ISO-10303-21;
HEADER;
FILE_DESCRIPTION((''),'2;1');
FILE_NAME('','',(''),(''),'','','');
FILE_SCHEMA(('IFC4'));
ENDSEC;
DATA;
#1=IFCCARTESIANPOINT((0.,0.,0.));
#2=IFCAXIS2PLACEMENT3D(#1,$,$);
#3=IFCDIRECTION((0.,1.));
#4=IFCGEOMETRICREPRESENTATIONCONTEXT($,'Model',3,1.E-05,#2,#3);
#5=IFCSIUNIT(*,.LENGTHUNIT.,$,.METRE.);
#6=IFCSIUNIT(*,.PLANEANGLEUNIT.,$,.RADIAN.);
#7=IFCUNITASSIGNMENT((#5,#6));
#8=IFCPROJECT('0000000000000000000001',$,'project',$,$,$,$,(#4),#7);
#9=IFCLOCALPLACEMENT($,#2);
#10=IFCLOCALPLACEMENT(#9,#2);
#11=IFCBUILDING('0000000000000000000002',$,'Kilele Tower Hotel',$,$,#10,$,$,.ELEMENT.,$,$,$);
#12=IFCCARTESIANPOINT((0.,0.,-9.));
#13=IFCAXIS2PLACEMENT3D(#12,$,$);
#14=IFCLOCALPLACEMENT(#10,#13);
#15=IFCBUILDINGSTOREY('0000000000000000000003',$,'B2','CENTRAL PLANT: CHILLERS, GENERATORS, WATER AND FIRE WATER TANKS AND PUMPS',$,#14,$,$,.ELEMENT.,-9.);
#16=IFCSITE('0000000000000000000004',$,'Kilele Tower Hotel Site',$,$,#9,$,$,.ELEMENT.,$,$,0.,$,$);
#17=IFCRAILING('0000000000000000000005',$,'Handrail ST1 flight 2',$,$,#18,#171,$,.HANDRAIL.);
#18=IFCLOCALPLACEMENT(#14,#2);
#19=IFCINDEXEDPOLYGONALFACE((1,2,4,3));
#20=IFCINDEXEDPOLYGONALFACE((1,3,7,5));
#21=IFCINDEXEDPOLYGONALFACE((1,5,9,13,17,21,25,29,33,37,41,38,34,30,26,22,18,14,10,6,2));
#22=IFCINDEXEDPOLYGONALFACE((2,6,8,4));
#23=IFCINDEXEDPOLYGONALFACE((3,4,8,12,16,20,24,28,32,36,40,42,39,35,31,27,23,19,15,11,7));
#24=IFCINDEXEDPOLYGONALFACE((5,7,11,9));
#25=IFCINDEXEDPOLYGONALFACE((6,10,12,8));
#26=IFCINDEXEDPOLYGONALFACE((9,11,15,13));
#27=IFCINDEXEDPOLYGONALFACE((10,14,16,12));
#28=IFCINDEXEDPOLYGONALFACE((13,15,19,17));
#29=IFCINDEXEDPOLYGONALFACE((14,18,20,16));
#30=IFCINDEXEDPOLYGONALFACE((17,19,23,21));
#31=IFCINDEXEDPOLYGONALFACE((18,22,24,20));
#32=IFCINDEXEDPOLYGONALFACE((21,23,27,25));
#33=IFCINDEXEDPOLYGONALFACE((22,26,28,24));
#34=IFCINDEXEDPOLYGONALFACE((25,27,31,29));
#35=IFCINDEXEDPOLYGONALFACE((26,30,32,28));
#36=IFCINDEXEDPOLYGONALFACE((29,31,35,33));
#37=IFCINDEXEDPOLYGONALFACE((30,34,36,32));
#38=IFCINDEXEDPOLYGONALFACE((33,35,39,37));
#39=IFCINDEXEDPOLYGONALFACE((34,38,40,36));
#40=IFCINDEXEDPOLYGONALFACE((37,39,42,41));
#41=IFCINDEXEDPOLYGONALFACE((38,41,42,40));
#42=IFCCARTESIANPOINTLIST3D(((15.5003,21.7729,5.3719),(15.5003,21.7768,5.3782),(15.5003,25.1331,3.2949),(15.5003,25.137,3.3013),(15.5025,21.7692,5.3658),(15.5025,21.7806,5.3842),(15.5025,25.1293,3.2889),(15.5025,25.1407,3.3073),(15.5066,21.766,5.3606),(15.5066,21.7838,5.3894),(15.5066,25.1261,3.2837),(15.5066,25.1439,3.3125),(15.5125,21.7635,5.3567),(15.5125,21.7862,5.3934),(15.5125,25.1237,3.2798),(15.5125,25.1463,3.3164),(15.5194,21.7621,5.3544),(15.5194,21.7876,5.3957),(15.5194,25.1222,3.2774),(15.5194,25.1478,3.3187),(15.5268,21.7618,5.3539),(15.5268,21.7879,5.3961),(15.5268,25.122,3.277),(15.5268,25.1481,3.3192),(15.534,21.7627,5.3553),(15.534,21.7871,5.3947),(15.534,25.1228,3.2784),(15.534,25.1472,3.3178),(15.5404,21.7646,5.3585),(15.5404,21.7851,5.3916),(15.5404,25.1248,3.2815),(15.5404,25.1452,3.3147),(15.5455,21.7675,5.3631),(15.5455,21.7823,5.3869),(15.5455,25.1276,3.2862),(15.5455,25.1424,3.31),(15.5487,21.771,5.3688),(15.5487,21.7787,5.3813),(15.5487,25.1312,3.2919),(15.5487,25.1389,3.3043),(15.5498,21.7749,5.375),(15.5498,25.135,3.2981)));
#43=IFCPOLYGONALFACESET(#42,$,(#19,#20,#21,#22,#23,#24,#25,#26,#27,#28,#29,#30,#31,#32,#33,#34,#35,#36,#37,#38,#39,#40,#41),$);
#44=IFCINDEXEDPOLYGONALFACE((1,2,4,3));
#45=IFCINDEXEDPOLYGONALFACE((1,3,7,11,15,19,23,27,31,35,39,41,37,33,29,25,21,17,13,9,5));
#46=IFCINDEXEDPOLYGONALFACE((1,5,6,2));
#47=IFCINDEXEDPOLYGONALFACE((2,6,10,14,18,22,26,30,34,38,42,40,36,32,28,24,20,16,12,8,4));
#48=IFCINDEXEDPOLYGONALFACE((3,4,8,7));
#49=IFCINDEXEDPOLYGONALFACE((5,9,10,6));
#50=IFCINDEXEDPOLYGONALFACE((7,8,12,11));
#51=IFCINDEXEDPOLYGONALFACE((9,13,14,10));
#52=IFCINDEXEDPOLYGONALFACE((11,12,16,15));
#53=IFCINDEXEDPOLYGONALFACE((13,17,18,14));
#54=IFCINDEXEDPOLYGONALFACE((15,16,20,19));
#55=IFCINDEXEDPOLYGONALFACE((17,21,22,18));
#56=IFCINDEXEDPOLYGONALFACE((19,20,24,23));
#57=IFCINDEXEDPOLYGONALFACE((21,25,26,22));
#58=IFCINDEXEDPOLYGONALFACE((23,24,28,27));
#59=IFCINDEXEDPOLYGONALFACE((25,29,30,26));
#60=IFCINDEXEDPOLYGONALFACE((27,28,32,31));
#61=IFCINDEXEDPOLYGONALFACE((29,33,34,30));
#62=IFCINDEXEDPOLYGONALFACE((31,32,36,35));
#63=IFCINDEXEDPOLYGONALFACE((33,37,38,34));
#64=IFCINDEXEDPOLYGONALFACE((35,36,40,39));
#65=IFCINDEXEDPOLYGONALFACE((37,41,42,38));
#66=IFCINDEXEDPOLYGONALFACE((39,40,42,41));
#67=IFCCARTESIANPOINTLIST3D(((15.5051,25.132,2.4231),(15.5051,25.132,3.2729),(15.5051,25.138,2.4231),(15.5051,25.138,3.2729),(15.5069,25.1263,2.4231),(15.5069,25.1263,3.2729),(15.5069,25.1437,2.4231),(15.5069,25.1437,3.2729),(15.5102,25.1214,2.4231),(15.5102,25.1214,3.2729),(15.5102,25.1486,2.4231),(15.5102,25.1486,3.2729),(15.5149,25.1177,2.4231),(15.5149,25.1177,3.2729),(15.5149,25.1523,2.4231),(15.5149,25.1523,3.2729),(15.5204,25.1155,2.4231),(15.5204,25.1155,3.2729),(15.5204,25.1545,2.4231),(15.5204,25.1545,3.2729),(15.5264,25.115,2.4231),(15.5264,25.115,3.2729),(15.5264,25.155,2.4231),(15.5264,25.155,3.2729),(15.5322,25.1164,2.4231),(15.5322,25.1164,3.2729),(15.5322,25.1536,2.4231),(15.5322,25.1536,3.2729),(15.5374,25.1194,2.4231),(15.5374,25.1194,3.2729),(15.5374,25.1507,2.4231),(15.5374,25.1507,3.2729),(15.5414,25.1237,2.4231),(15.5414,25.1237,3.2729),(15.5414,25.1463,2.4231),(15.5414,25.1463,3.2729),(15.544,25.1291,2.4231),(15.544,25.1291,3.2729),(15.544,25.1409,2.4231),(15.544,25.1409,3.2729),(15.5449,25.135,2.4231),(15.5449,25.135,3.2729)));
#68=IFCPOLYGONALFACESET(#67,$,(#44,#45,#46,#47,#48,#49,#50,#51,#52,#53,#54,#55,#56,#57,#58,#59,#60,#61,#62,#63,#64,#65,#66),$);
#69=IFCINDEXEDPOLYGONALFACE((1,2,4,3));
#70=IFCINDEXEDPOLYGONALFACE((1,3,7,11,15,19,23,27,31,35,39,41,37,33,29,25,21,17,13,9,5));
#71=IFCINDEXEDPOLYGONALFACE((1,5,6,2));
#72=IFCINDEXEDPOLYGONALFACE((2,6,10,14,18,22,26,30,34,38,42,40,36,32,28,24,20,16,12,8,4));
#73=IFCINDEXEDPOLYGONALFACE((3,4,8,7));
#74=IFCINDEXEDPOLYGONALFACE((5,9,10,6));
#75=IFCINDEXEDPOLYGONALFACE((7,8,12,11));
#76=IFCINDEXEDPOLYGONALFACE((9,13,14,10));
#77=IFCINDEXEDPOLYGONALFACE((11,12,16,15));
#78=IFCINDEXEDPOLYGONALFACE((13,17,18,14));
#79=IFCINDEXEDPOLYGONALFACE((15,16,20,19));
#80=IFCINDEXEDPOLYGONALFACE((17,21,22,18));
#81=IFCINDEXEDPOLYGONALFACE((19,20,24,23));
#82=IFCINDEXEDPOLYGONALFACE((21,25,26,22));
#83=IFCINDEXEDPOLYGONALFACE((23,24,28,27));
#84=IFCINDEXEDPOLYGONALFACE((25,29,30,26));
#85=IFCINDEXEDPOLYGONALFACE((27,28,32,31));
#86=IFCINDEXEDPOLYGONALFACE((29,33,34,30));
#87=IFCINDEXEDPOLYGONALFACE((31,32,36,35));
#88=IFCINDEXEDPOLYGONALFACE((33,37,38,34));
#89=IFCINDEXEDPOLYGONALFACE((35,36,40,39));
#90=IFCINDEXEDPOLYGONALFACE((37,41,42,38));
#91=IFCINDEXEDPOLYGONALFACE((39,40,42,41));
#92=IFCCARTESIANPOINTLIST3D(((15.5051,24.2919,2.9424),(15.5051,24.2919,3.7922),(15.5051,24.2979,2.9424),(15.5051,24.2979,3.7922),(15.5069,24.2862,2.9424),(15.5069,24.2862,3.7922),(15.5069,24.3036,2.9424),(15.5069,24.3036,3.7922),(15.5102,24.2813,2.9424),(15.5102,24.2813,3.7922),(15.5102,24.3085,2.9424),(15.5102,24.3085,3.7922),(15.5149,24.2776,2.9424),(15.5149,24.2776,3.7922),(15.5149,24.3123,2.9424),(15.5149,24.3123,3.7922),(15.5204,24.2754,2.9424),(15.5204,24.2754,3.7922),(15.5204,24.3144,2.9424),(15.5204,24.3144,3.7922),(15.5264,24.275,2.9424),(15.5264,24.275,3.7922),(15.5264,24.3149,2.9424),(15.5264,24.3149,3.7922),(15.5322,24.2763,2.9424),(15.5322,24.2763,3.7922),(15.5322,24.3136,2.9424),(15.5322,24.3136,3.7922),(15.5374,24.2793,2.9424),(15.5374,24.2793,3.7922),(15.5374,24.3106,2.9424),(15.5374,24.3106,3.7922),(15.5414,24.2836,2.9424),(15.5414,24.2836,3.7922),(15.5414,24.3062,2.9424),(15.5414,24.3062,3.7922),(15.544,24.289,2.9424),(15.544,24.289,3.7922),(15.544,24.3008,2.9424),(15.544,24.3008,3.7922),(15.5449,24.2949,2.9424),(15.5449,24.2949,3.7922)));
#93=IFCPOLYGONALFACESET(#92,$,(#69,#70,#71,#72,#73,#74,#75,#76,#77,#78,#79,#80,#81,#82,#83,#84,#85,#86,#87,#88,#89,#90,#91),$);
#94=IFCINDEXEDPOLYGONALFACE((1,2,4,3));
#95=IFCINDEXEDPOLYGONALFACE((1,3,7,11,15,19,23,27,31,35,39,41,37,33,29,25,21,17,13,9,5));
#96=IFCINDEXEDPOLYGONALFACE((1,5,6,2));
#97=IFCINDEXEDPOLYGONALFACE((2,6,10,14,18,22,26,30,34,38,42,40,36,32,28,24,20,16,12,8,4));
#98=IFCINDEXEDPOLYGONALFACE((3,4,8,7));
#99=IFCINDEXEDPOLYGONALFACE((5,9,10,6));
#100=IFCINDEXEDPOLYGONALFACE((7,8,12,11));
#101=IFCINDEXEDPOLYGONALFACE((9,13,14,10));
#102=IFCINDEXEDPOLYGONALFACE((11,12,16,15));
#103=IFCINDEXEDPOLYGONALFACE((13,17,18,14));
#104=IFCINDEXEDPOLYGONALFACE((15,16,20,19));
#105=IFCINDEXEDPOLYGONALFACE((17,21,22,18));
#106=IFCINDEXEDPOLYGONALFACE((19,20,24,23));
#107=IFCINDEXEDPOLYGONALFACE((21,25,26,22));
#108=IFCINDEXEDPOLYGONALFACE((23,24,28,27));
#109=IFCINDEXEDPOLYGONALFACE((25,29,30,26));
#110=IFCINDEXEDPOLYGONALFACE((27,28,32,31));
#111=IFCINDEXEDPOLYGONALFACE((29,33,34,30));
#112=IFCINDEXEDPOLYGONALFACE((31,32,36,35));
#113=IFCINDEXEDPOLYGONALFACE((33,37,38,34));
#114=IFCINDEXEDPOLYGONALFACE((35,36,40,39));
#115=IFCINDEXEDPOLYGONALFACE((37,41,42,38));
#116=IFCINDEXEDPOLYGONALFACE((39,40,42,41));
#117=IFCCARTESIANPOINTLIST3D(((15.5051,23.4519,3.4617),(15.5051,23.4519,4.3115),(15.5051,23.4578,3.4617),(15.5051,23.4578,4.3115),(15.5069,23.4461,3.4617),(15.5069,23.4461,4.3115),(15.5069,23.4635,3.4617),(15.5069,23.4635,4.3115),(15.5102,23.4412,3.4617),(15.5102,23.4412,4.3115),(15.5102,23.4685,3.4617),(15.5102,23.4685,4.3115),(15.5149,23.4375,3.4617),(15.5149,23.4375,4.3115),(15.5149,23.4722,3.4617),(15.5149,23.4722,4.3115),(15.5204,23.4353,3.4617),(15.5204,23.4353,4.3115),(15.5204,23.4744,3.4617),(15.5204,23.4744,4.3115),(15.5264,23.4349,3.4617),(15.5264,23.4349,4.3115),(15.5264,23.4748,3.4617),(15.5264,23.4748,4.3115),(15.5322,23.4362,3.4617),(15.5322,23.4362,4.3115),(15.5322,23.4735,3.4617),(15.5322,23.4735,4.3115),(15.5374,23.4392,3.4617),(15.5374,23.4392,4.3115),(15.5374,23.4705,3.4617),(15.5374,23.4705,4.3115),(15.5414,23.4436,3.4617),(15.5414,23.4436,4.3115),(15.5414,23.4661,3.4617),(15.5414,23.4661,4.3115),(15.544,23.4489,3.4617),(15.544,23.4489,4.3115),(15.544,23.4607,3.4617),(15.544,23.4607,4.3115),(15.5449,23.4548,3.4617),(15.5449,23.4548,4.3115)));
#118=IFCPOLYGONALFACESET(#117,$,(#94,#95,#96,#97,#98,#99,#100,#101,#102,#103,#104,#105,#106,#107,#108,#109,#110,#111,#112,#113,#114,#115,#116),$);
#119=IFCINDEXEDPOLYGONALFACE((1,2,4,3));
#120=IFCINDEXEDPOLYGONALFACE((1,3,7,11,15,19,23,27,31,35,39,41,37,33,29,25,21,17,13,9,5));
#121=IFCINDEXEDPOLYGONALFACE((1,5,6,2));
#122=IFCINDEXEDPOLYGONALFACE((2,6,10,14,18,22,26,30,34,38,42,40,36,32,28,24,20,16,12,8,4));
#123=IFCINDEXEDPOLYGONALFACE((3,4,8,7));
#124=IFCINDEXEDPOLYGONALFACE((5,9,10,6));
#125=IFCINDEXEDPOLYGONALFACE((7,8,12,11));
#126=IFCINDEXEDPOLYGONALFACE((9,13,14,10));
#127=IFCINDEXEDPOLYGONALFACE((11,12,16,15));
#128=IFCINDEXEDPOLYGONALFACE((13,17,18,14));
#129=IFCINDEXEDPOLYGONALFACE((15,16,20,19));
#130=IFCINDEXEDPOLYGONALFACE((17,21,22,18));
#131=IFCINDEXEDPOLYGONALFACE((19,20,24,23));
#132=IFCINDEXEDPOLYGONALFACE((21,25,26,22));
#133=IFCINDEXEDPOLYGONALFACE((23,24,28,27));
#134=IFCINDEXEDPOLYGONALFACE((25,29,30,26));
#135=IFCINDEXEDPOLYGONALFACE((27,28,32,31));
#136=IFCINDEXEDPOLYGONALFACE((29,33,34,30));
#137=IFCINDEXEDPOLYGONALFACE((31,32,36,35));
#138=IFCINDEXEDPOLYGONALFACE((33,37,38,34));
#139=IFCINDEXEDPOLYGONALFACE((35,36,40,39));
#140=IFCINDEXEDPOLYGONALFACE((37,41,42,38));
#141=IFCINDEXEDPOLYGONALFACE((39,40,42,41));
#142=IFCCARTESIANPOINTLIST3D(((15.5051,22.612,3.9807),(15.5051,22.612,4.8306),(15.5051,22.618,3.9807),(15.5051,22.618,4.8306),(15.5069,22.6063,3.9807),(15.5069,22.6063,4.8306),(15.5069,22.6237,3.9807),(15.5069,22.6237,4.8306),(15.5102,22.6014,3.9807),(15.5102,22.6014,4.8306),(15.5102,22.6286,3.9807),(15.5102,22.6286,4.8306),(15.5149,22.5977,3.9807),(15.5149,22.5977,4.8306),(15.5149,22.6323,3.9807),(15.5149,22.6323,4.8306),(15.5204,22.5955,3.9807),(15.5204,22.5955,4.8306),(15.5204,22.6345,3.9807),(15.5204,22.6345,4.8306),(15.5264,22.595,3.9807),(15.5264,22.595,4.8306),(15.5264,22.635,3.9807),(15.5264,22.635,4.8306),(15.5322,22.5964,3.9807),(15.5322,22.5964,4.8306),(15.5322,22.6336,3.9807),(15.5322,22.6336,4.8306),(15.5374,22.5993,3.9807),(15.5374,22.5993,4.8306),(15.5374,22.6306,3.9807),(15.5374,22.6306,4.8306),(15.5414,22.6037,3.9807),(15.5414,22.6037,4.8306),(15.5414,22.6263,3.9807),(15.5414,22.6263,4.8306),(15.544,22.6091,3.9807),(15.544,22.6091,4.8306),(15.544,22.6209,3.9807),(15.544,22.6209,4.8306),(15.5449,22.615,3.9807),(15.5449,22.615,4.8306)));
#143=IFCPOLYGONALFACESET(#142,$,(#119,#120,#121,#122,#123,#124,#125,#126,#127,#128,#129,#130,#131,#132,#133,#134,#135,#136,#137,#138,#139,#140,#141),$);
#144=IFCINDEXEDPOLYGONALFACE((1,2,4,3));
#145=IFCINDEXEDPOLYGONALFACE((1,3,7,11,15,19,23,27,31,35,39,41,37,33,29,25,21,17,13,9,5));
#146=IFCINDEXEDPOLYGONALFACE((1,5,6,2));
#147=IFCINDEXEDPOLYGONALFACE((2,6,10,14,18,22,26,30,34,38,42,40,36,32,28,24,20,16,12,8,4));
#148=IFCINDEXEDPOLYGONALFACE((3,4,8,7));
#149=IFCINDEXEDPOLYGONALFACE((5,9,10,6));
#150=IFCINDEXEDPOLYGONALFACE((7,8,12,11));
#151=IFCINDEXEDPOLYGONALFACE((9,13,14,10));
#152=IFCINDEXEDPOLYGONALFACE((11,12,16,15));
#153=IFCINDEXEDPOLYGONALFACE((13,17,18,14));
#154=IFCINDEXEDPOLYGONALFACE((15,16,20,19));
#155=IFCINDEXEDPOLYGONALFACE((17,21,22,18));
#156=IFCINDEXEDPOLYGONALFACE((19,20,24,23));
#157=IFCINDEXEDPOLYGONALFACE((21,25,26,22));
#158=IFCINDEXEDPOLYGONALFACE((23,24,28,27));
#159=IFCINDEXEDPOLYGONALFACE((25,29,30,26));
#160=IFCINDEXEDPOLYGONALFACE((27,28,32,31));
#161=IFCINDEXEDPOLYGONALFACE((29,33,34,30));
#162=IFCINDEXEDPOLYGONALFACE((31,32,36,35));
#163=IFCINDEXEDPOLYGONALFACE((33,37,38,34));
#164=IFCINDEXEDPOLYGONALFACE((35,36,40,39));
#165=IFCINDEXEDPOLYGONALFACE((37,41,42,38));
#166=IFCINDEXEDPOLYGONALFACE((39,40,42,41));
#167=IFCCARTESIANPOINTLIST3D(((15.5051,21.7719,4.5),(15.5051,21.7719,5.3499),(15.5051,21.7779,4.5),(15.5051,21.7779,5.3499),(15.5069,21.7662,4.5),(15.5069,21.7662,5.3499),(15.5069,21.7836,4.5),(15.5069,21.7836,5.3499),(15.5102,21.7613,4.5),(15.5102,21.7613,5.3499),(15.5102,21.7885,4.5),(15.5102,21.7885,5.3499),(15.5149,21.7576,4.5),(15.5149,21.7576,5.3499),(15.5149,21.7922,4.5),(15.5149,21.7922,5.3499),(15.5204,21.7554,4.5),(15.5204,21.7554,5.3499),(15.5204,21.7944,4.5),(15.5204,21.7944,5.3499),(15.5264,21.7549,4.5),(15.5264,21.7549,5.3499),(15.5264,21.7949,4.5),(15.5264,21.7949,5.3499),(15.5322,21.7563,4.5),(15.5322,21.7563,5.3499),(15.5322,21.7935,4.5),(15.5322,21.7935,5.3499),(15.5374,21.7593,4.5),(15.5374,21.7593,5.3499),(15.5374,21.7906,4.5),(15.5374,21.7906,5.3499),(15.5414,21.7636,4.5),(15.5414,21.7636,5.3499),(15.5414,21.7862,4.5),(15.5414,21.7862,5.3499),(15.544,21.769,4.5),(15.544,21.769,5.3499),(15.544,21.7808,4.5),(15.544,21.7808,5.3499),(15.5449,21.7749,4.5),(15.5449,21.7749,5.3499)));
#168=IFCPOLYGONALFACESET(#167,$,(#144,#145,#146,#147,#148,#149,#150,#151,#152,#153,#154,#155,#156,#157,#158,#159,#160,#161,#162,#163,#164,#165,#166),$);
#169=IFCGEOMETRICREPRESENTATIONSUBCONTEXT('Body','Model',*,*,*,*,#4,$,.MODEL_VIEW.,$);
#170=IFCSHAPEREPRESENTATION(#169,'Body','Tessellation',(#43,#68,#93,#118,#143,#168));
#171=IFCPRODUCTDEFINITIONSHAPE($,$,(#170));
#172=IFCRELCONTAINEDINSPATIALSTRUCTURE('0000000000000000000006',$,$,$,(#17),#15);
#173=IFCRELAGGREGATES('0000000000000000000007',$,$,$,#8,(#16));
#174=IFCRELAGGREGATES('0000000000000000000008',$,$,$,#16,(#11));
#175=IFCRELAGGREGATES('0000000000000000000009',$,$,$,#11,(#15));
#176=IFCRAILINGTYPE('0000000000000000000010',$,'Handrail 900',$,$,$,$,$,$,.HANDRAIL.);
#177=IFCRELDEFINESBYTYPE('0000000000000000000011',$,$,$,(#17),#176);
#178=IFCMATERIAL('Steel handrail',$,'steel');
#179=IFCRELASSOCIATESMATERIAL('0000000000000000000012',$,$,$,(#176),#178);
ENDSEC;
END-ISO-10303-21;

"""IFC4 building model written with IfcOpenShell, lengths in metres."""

from ifc_helpers import new_model, si_unit, direction, frame, origin, origin_2d, place, context, subcontext, project, spatial, circle, extrude, material, type_object, element, save


model = new_model("IFC4")

# Units and contexts
model_context = context("Model", 3, precision=1e-05, world=origin(), true_north=direction((0.0, 1.0)))
body_context = subcontext(model_context, "Body", "Model", "MODEL_VIEW")
ifc_project = project(units=[si_unit("LENGTHUNIT", "METRE"), si_unit("PLANEANGLEUNIT", "RADIAN")], contexts=[model_context])

# Site, building, storey
site_placement = place(None, origin())
site = spatial("IfcSite", under=ifc_project, at=site_placement, Name="Kilele Tower Hotel Site", CompositionType="ELEMENT", RefElevation=0.0)
building_placement = place(site_placement, origin())
building = spatial("IfcBuilding", under=site, at=building_placement, Name="Kilele Tower Hotel", CompositionType="ELEMENT")
storey_placement = place(building_placement, frame((0.0, 0.0, -9.0)))
storey = spatial("IfcBuildingStorey", under=building, at=storey_placement, Name="B2", Description="CENTRAL PLANT: CHILLERS, GENERATORS, WATER AND FIRE WATER TANKS AND PUMPS", CompositionType="ELEMENT", Elevation=-9.0)

# Railing
ifc_material_1 = material(Name="Steel handrail", Category="steel")
railing_type_1 = type_object("IfcRailingType", Name="Handrail 900", PredefinedType="HANDRAIL", material=ifc_material_1)
for number, where, name in (
    (1, (15.5249, 25.135, 2.4231), "Handrail ST1 flight 2"),
):
    element("IfcRailing", number, at=place(storey_placement, frame(where)), inside=storey, type_object=railing_type_1, Name=name, PredefinedType="HANDRAIL", context=body_context, shape_type="SweptSolid", body=[
        extrude(circle(Radius=0.0249, at=origin_2d()), frame((0.0, 0.0, 0.875), z_axis=(0.0, -0.850623, 0.525776), x_axis=(1.0, 0.0, 0.0)), (0.0, 0.0, 1.0), 3.9502),
        extrude(circle(Radius=0.02, at=origin_2d()), origin(), (0.0, 0.0, 1.0), 0.8499),
        extrude(circle(Radius=0.02, at=origin_2d()), frame((0.0, -0.8401, 0.5193)), (0.0, 0.0, 1.0), 0.8499),
        extrude(circle(Radius=0.02, at=origin_2d()), frame((0.0, -1.6802, 1.0386)), (0.0, 0.0, 1.0), 0.8499),
        extrude(circle(Radius=0.02, at=origin_2d()), frame((0.0, -2.52, 1.5576)), (0.0, 0.0, 1.0), 0.8499),
        extrude(circle(Radius=0.02, at=origin_2d()), frame((0.0, -3.3601, 2.0769)), (0.0, 0.0, 1.0), 0.8499),
    ])

save(model, "model.ifc")
